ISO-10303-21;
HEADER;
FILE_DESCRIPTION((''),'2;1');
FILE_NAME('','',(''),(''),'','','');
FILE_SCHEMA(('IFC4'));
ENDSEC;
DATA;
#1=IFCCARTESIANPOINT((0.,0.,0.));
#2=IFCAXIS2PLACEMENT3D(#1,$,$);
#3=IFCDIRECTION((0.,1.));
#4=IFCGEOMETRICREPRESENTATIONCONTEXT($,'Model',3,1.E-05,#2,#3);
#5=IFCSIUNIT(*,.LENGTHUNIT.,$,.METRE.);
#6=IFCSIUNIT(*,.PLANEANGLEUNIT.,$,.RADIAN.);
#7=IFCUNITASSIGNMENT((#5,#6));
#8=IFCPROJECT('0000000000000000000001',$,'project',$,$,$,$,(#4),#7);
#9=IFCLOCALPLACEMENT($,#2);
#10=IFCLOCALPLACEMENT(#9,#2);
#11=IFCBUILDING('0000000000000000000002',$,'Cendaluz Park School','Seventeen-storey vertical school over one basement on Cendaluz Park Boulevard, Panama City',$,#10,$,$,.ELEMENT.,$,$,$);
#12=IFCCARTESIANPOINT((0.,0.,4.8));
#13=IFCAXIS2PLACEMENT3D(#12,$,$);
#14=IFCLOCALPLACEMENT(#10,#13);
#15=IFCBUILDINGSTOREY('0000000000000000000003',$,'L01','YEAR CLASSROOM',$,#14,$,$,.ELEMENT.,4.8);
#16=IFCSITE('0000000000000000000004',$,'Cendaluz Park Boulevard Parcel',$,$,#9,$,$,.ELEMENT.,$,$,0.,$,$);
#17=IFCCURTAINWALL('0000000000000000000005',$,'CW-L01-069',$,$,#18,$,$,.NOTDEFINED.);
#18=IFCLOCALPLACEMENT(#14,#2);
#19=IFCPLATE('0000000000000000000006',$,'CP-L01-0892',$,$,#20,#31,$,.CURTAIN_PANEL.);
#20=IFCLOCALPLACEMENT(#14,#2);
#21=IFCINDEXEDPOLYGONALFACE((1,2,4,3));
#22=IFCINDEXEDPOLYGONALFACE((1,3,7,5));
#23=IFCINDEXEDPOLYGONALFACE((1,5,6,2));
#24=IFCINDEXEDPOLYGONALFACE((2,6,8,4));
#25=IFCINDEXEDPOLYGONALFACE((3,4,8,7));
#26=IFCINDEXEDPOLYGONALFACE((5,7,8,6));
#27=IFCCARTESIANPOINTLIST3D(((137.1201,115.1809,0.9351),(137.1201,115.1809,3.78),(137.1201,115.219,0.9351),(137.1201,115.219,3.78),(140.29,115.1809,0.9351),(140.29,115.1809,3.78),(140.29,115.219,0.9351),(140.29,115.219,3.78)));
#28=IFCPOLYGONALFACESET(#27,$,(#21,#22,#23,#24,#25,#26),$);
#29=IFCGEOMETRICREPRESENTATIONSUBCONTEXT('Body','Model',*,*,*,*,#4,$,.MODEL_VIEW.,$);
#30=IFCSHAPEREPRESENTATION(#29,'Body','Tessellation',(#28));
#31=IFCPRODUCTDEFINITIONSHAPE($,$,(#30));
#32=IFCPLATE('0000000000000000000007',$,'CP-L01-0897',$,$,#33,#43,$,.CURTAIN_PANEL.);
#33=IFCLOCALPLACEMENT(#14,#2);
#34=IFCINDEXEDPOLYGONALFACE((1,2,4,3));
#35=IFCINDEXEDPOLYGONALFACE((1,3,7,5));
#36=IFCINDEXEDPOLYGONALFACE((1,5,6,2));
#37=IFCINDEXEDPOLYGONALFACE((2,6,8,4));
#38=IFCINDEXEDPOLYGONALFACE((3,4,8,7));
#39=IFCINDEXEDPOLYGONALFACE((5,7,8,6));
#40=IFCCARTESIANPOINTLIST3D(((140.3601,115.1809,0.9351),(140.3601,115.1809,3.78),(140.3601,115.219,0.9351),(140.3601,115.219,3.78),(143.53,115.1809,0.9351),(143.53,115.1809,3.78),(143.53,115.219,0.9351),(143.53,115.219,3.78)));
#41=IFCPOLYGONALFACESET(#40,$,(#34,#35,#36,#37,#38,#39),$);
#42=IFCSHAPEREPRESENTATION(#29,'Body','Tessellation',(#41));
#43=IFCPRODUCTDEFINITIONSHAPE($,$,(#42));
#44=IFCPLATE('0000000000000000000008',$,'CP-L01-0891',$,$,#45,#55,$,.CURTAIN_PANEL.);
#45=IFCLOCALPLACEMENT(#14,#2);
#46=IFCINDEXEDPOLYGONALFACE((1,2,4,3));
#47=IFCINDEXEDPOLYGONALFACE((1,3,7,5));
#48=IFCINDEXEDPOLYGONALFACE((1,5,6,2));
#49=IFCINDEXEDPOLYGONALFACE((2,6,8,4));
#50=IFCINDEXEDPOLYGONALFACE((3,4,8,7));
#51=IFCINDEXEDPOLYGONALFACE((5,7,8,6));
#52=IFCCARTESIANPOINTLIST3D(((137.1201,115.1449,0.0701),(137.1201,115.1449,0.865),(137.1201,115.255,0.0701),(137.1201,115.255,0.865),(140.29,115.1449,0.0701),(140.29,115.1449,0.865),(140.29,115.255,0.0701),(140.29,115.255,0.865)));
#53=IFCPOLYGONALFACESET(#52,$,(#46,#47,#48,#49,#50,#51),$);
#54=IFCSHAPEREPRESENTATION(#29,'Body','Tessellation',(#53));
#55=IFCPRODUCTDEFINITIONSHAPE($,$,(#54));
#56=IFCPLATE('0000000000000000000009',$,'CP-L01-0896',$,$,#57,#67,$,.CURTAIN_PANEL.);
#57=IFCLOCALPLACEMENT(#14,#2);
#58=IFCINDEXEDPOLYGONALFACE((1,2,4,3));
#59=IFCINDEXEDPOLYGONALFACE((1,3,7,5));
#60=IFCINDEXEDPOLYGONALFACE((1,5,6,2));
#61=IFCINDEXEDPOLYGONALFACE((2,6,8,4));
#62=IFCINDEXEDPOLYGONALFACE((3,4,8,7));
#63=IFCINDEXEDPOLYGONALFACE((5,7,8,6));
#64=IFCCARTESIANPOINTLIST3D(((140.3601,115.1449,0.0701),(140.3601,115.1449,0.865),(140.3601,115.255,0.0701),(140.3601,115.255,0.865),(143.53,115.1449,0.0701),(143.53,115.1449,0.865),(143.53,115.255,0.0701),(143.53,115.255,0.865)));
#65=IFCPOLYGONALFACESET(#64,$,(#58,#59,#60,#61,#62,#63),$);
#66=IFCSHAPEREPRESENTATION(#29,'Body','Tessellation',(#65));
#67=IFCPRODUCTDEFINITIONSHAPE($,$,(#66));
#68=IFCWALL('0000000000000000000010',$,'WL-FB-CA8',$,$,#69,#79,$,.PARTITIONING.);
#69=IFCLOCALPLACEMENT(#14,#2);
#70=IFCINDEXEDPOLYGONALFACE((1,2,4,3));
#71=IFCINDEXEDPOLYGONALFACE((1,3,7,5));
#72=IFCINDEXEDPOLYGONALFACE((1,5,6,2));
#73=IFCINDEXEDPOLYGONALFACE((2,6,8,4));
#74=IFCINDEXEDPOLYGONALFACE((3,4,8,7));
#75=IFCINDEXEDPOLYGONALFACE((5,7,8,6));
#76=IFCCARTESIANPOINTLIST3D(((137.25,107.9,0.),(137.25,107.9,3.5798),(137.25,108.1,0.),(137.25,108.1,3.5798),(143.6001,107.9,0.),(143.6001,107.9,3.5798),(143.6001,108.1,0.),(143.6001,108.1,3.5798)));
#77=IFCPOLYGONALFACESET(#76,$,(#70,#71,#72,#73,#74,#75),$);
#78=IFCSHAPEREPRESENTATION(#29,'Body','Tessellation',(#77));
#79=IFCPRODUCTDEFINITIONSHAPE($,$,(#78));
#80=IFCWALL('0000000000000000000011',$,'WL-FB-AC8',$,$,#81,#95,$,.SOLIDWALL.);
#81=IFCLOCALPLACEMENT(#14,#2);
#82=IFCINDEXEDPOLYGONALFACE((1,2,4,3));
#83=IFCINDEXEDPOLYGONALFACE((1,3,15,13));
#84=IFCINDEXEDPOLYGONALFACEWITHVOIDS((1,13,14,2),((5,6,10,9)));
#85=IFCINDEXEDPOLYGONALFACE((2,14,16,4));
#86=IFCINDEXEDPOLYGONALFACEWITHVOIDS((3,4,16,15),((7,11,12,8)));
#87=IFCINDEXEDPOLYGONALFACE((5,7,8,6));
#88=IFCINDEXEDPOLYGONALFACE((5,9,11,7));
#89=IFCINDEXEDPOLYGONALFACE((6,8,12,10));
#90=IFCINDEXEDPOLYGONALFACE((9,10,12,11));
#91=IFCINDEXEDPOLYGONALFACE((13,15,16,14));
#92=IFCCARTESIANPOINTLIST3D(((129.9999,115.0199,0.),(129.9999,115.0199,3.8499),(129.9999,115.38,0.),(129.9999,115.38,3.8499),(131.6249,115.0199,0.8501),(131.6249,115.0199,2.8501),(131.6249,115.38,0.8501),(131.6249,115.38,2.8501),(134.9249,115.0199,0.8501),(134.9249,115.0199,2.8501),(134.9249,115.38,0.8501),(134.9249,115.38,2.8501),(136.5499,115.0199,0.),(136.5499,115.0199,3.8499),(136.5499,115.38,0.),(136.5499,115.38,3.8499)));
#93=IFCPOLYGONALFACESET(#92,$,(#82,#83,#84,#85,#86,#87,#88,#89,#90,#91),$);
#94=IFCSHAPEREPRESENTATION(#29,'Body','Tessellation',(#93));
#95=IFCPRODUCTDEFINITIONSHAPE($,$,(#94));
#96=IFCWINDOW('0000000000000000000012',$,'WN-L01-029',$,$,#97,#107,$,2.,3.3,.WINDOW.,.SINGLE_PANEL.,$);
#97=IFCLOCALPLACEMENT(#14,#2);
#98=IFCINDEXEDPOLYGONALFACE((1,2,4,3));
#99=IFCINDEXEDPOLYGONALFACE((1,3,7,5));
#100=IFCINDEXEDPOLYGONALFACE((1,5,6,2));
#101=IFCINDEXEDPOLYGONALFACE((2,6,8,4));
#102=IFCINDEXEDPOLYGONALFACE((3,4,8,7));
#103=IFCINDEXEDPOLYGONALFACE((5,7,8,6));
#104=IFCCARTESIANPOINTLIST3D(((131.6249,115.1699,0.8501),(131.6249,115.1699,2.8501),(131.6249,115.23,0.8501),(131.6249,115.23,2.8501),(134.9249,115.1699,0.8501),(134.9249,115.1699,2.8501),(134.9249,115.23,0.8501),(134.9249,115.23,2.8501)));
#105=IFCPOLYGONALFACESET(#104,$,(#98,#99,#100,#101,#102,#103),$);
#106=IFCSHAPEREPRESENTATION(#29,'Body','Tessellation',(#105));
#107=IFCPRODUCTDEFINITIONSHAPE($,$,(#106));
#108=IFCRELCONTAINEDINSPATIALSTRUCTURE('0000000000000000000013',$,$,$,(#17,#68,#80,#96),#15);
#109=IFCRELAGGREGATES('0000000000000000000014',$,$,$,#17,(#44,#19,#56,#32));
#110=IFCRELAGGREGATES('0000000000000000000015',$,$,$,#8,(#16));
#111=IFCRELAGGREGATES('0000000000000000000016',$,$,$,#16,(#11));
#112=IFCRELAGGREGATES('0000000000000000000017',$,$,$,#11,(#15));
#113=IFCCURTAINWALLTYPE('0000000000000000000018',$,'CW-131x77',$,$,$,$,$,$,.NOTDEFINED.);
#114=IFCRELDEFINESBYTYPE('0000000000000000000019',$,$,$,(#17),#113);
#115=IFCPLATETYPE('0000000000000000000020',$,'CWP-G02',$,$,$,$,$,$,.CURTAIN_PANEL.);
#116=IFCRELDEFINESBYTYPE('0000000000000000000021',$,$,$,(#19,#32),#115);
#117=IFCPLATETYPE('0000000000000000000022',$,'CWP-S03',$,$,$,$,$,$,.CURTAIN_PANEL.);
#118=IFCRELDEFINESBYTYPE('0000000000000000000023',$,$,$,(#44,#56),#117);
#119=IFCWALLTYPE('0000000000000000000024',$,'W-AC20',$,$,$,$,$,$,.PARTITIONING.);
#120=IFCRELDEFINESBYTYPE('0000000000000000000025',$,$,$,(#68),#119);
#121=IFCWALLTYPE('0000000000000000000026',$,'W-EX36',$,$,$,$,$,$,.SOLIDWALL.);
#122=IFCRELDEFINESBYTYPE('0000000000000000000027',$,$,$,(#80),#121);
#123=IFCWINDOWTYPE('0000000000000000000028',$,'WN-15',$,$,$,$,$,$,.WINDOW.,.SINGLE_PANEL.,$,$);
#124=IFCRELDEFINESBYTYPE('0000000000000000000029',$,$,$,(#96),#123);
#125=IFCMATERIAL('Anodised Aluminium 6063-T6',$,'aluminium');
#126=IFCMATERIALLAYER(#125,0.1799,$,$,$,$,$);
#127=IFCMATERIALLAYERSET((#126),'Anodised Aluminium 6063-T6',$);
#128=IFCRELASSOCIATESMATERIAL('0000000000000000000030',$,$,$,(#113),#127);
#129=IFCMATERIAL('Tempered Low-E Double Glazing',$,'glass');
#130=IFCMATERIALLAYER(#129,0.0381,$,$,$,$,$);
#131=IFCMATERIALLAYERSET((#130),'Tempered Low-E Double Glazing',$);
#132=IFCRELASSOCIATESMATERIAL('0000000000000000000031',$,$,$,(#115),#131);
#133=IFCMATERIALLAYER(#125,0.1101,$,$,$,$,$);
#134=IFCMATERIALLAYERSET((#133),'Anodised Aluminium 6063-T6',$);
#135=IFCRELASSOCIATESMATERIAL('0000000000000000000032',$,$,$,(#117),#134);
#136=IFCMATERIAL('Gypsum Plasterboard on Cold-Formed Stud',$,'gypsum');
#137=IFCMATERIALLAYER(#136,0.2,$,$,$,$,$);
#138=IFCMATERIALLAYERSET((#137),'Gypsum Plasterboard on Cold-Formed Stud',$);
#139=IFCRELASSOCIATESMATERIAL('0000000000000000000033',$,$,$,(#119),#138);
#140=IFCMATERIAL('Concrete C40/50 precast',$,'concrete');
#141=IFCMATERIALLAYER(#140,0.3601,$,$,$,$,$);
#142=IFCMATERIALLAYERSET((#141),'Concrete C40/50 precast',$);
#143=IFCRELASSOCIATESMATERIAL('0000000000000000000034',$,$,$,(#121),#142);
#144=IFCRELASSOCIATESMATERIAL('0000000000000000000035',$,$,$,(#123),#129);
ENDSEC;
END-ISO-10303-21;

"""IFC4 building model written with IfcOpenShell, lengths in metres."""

from ifc_helpers import new_model, si_unit, direction, frame, frame_2d, origin, origin_2d, place, context, subcontext, project, spatial, rectangle, extrude, material, layer, layer_set, type_object, element, fill, aggregate, save


model = new_model("IFC4")

# Units and contexts
model_context = context("Model", 3, precision=1e-05, world=origin(), true_north=direction((0.0, 1.0)))
body_context = subcontext(model_context, "Body", "Model", "MODEL_VIEW")
ifc_project = project(units=[si_unit("LENGTHUNIT", "METRE"), si_unit("PLANEANGLEUNIT", "RADIAN")], contexts=[model_context])

# Site, building, storey
site_placement = place(None, origin())
site = spatial("IfcSite", under=ifc_project, at=site_placement, Name="Cendaluz Park Boulevard Parcel", CompositionType="ELEMENT", RefElevation=0.0)
building_placement = place(site_placement, origin())
building = spatial("IfcBuilding", under=site, at=building_placement, Name="Cendaluz Park School", Description="Seventeen-storey vertical school over one basement on Cendaluz Park Boulevard, Panama City", CompositionType="ELEMENT")
storey_placement = place(building_placement, frame((0.0, 0.0, 4.8)))
storey = spatial("IfcBuildingStorey", under=building, at=storey_placement, Name="L01", Description="YEAR CLASSROOM", CompositionType="ELEMENT", Elevation=4.8)

# Curtain wall, plates
ifc_material_1 = material(Name="Anodised Aluminium 6063-T6", Category="aluminium")
ifc_layer_1 = layer(ifc_material_1, 0.1799)
ifc_layer_set_1 = layer_set([ifc_layer_1], Name="Anodised Aluminium 6063-T6")
curtain_wall_type = type_object("IfcCurtainWallType", Name="CW-131x77", PredefinedType="NOTDEFINED", material=ifc_layer_set_1)
curtain_wall_placement = place(storey_placement, origin())
curtain_wall = element("IfcCurtainWall", 1, at=curtain_wall_placement, inside=storey, type_object=curtain_wall_type, Name="CW-L01-069", PredefinedType="NOTDEFINED")
ifc_material_2 = material(Name="Tempered Low-E Double Glazing", Category="glass")
ifc_layer_2 = layer(ifc_material_2, 0.0381)
ifc_layer_set_2 = layer_set([ifc_layer_2], Name="Tempered Low-E Double Glazing")
plate_type_1 = type_object("IfcPlateType", Name="CWP-G02", PredefinedType="CURTAIN_PANEL", material=ifc_layer_set_2)
plate_1_placement = place(storey_placement, frame((138.7051, 115.2, 0.9351), z_axis=(0.0, 0.0, 1.0), x_axis=(1.0, 0.0, 0.0)))
plate_1 = element("IfcPlate", 2, at=plate_1_placement, type_object=plate_type_1, Name="CP-L01-0892", PredefinedType="CURTAIN_PANEL", context=body_context, shape_type="SweptSolid", body=[
    extrude(rectangle(XDim=3.1699, YDim=0.0381, at=origin_2d()), origin(), (0.0, 0.0, 1.0), 2.845),
])
plate_2_placement = place(storey_placement, frame((141.9451, 115.2, 0.9351), z_axis=(0.0, 0.0, 1.0), x_axis=(1.0, 0.0, 0.0)))
plate_2 = element("IfcPlate", 3, at=plate_2_placement, type_object=plate_type_1, Name="CP-L01-0897", PredefinedType="CURTAIN_PANEL", context=body_context, shape_type="SweptSolid", body=[
    extrude(rectangle(XDim=3.1699, YDim=0.0381, at=origin_2d()), origin(), (0.0, 0.0, 1.0), 2.845),
])
ifc_layer_3 = layer(ifc_material_1, 0.1101)
ifc_layer_set_3 = layer_set([ifc_layer_3], Name="Anodised Aluminium 6063-T6")
plate_type_2 = type_object("IfcPlateType", Name="CWP-S03", PredefinedType="CURTAIN_PANEL", material=ifc_layer_set_3)
plate_3_placement = place(storey_placement, frame((138.7051, 115.2, 0.0701), z_axis=(0.0, 0.0, 1.0), x_axis=(1.0, 0.0, 0.0)))
plate_3 = element("IfcPlate", 4, at=plate_3_placement, type_object=plate_type_2, Name="CP-L01-0891", PredefinedType="CURTAIN_PANEL", context=body_context, shape_type="SweptSolid", body=[
    extrude(rectangle(XDim=3.1699, YDim=0.1101, at=origin_2d()), origin(), (0.0, 0.0, 1.0), 0.7949),
])
plate_4_placement = place(storey_placement, frame((141.9451, 115.2, 0.0701), z_axis=(0.0, 0.0, 1.0), x_axis=(1.0, 0.0, 0.0)))
plate_4 = element("IfcPlate", 5, at=plate_4_placement, type_object=plate_type_2, Name="CP-L01-0896", PredefinedType="CURTAIN_PANEL", context=body_context, shape_type="SweptSolid", body=[
    extrude(rectangle(XDim=3.1699, YDim=0.1101, at=origin_2d()), origin(), (0.0, 0.0, 1.0), 0.7949),
])
aggregate(curtain_wall, [plate_3, plate_1, plate_4, plate_2])

# Wall
ifc_material_3 = material(Name="Gypsum Plasterboard on Cold-Formed Stud", Category="gypsum")
ifc_layer_4 = layer(ifc_material_3, 0.2)
ifc_layer_set_4 = layer_set([ifc_layer_4], Name="Gypsum Plasterboard on Cold-Formed Stud")
wall_type_1 = type_object("IfcWallType", Name="W-AC20", PredefinedType="PARTITIONING", material=ifc_layer_set_4)
wall_1_placement = place(storey_placement, frame((137.25, 108.0, 0.0), z_axis=(0.0, 0.0, 1.0), x_axis=(1.0, 0.0, 0.0)))
element("IfcWall", 6, at=wall_1_placement, inside=storey, type_object=wall_type_1, Name="WL-FB-CA8", PredefinedType="PARTITIONING", context=body_context, shape_type="SweptSolid", body=[
    extrude(rectangle(XDim=6.3501, YDim=0.2, at=frame_2d((3.175, 0.0))), origin(), (0.0, 0.0, 1.0), 3.5798),
])

# Wall, opening, window
ifc_material_4 = material(Name="Concrete C40/50 precast", Category="concrete")
ifc_layer_5 = layer(ifc_material_4, 0.3601)
ifc_layer_set_5 = layer_set([ifc_layer_5], Name="Concrete C40/50 precast")
wall_type_2 = type_object("IfcWallType", Name="W-EX36", PredefinedType="SOLIDWALL", material=ifc_layer_set_5)
wall_2_placement = place(storey_placement, frame((130.0, 115.2, 0.0), z_axis=(0.0, 0.0, 1.0), x_axis=(1.0, 0.0, 0.0)))
wall_2 = element("IfcWall", 7, at=wall_2_placement, inside=storey, type_object=wall_type_2, Name="WL-FB-AC8", PredefinedType="SOLIDWALL", context=body_context, shape_type="SweptSolid", body=[
    extrude(rectangle(XDim=6.55, YDim=0.3601, at=frame_2d((3.2749, 0.0))), origin(), (0.0, 0.0, 1.0), 3.8499),
])
opening_placement = place(wall_2_placement, frame((1.625, 0.0, 0.8501)))
opening = element("IfcOpeningElement", 8, at=opening_placement, cuts=wall_2, PredefinedType="OPENING", context=body_context, shape_type="SweptSolid", body=[
    extrude(rectangle(XDim=3.3, YDim=2.0, at=frame_2d((1.6499, 1.0))), frame((0.0, 0.1921, 0.0), z_axis=(0.0, -1.0, 0.0), x_axis=(1.0, 0.0, 0.0)), (0.0, 0.0, 1.0), 0.384),
])
window_type = type_object("IfcWindowType", Name="WN-15", PartitioningType="SINGLE_PANEL", PredefinedType="WINDOW", material=ifc_material_2)
window_placement = place(opening_placement, origin())
window = element("IfcWindow", 9, at=window_placement, inside=storey, type_object=window_type, Name="WN-L01-029", OverallHeight=2.0, OverallWidth=3.3, PartitioningType="SINGLE_PANEL", PredefinedType="WINDOW", context=body_context, shape_type="SweptSolid", body=[
    extrude(rectangle(XDim=3.3, YDim=2.0, at=frame_2d((1.6499, 1.0))), frame((0.0, 0.03, 0.0), z_axis=(0.0, -1.0, 0.0), x_axis=(1.0, 0.0, 0.0)), (0.0, 0.0, 1.0), 0.0601),
])
fill(opening, window)

save(model, "model.ifc")
